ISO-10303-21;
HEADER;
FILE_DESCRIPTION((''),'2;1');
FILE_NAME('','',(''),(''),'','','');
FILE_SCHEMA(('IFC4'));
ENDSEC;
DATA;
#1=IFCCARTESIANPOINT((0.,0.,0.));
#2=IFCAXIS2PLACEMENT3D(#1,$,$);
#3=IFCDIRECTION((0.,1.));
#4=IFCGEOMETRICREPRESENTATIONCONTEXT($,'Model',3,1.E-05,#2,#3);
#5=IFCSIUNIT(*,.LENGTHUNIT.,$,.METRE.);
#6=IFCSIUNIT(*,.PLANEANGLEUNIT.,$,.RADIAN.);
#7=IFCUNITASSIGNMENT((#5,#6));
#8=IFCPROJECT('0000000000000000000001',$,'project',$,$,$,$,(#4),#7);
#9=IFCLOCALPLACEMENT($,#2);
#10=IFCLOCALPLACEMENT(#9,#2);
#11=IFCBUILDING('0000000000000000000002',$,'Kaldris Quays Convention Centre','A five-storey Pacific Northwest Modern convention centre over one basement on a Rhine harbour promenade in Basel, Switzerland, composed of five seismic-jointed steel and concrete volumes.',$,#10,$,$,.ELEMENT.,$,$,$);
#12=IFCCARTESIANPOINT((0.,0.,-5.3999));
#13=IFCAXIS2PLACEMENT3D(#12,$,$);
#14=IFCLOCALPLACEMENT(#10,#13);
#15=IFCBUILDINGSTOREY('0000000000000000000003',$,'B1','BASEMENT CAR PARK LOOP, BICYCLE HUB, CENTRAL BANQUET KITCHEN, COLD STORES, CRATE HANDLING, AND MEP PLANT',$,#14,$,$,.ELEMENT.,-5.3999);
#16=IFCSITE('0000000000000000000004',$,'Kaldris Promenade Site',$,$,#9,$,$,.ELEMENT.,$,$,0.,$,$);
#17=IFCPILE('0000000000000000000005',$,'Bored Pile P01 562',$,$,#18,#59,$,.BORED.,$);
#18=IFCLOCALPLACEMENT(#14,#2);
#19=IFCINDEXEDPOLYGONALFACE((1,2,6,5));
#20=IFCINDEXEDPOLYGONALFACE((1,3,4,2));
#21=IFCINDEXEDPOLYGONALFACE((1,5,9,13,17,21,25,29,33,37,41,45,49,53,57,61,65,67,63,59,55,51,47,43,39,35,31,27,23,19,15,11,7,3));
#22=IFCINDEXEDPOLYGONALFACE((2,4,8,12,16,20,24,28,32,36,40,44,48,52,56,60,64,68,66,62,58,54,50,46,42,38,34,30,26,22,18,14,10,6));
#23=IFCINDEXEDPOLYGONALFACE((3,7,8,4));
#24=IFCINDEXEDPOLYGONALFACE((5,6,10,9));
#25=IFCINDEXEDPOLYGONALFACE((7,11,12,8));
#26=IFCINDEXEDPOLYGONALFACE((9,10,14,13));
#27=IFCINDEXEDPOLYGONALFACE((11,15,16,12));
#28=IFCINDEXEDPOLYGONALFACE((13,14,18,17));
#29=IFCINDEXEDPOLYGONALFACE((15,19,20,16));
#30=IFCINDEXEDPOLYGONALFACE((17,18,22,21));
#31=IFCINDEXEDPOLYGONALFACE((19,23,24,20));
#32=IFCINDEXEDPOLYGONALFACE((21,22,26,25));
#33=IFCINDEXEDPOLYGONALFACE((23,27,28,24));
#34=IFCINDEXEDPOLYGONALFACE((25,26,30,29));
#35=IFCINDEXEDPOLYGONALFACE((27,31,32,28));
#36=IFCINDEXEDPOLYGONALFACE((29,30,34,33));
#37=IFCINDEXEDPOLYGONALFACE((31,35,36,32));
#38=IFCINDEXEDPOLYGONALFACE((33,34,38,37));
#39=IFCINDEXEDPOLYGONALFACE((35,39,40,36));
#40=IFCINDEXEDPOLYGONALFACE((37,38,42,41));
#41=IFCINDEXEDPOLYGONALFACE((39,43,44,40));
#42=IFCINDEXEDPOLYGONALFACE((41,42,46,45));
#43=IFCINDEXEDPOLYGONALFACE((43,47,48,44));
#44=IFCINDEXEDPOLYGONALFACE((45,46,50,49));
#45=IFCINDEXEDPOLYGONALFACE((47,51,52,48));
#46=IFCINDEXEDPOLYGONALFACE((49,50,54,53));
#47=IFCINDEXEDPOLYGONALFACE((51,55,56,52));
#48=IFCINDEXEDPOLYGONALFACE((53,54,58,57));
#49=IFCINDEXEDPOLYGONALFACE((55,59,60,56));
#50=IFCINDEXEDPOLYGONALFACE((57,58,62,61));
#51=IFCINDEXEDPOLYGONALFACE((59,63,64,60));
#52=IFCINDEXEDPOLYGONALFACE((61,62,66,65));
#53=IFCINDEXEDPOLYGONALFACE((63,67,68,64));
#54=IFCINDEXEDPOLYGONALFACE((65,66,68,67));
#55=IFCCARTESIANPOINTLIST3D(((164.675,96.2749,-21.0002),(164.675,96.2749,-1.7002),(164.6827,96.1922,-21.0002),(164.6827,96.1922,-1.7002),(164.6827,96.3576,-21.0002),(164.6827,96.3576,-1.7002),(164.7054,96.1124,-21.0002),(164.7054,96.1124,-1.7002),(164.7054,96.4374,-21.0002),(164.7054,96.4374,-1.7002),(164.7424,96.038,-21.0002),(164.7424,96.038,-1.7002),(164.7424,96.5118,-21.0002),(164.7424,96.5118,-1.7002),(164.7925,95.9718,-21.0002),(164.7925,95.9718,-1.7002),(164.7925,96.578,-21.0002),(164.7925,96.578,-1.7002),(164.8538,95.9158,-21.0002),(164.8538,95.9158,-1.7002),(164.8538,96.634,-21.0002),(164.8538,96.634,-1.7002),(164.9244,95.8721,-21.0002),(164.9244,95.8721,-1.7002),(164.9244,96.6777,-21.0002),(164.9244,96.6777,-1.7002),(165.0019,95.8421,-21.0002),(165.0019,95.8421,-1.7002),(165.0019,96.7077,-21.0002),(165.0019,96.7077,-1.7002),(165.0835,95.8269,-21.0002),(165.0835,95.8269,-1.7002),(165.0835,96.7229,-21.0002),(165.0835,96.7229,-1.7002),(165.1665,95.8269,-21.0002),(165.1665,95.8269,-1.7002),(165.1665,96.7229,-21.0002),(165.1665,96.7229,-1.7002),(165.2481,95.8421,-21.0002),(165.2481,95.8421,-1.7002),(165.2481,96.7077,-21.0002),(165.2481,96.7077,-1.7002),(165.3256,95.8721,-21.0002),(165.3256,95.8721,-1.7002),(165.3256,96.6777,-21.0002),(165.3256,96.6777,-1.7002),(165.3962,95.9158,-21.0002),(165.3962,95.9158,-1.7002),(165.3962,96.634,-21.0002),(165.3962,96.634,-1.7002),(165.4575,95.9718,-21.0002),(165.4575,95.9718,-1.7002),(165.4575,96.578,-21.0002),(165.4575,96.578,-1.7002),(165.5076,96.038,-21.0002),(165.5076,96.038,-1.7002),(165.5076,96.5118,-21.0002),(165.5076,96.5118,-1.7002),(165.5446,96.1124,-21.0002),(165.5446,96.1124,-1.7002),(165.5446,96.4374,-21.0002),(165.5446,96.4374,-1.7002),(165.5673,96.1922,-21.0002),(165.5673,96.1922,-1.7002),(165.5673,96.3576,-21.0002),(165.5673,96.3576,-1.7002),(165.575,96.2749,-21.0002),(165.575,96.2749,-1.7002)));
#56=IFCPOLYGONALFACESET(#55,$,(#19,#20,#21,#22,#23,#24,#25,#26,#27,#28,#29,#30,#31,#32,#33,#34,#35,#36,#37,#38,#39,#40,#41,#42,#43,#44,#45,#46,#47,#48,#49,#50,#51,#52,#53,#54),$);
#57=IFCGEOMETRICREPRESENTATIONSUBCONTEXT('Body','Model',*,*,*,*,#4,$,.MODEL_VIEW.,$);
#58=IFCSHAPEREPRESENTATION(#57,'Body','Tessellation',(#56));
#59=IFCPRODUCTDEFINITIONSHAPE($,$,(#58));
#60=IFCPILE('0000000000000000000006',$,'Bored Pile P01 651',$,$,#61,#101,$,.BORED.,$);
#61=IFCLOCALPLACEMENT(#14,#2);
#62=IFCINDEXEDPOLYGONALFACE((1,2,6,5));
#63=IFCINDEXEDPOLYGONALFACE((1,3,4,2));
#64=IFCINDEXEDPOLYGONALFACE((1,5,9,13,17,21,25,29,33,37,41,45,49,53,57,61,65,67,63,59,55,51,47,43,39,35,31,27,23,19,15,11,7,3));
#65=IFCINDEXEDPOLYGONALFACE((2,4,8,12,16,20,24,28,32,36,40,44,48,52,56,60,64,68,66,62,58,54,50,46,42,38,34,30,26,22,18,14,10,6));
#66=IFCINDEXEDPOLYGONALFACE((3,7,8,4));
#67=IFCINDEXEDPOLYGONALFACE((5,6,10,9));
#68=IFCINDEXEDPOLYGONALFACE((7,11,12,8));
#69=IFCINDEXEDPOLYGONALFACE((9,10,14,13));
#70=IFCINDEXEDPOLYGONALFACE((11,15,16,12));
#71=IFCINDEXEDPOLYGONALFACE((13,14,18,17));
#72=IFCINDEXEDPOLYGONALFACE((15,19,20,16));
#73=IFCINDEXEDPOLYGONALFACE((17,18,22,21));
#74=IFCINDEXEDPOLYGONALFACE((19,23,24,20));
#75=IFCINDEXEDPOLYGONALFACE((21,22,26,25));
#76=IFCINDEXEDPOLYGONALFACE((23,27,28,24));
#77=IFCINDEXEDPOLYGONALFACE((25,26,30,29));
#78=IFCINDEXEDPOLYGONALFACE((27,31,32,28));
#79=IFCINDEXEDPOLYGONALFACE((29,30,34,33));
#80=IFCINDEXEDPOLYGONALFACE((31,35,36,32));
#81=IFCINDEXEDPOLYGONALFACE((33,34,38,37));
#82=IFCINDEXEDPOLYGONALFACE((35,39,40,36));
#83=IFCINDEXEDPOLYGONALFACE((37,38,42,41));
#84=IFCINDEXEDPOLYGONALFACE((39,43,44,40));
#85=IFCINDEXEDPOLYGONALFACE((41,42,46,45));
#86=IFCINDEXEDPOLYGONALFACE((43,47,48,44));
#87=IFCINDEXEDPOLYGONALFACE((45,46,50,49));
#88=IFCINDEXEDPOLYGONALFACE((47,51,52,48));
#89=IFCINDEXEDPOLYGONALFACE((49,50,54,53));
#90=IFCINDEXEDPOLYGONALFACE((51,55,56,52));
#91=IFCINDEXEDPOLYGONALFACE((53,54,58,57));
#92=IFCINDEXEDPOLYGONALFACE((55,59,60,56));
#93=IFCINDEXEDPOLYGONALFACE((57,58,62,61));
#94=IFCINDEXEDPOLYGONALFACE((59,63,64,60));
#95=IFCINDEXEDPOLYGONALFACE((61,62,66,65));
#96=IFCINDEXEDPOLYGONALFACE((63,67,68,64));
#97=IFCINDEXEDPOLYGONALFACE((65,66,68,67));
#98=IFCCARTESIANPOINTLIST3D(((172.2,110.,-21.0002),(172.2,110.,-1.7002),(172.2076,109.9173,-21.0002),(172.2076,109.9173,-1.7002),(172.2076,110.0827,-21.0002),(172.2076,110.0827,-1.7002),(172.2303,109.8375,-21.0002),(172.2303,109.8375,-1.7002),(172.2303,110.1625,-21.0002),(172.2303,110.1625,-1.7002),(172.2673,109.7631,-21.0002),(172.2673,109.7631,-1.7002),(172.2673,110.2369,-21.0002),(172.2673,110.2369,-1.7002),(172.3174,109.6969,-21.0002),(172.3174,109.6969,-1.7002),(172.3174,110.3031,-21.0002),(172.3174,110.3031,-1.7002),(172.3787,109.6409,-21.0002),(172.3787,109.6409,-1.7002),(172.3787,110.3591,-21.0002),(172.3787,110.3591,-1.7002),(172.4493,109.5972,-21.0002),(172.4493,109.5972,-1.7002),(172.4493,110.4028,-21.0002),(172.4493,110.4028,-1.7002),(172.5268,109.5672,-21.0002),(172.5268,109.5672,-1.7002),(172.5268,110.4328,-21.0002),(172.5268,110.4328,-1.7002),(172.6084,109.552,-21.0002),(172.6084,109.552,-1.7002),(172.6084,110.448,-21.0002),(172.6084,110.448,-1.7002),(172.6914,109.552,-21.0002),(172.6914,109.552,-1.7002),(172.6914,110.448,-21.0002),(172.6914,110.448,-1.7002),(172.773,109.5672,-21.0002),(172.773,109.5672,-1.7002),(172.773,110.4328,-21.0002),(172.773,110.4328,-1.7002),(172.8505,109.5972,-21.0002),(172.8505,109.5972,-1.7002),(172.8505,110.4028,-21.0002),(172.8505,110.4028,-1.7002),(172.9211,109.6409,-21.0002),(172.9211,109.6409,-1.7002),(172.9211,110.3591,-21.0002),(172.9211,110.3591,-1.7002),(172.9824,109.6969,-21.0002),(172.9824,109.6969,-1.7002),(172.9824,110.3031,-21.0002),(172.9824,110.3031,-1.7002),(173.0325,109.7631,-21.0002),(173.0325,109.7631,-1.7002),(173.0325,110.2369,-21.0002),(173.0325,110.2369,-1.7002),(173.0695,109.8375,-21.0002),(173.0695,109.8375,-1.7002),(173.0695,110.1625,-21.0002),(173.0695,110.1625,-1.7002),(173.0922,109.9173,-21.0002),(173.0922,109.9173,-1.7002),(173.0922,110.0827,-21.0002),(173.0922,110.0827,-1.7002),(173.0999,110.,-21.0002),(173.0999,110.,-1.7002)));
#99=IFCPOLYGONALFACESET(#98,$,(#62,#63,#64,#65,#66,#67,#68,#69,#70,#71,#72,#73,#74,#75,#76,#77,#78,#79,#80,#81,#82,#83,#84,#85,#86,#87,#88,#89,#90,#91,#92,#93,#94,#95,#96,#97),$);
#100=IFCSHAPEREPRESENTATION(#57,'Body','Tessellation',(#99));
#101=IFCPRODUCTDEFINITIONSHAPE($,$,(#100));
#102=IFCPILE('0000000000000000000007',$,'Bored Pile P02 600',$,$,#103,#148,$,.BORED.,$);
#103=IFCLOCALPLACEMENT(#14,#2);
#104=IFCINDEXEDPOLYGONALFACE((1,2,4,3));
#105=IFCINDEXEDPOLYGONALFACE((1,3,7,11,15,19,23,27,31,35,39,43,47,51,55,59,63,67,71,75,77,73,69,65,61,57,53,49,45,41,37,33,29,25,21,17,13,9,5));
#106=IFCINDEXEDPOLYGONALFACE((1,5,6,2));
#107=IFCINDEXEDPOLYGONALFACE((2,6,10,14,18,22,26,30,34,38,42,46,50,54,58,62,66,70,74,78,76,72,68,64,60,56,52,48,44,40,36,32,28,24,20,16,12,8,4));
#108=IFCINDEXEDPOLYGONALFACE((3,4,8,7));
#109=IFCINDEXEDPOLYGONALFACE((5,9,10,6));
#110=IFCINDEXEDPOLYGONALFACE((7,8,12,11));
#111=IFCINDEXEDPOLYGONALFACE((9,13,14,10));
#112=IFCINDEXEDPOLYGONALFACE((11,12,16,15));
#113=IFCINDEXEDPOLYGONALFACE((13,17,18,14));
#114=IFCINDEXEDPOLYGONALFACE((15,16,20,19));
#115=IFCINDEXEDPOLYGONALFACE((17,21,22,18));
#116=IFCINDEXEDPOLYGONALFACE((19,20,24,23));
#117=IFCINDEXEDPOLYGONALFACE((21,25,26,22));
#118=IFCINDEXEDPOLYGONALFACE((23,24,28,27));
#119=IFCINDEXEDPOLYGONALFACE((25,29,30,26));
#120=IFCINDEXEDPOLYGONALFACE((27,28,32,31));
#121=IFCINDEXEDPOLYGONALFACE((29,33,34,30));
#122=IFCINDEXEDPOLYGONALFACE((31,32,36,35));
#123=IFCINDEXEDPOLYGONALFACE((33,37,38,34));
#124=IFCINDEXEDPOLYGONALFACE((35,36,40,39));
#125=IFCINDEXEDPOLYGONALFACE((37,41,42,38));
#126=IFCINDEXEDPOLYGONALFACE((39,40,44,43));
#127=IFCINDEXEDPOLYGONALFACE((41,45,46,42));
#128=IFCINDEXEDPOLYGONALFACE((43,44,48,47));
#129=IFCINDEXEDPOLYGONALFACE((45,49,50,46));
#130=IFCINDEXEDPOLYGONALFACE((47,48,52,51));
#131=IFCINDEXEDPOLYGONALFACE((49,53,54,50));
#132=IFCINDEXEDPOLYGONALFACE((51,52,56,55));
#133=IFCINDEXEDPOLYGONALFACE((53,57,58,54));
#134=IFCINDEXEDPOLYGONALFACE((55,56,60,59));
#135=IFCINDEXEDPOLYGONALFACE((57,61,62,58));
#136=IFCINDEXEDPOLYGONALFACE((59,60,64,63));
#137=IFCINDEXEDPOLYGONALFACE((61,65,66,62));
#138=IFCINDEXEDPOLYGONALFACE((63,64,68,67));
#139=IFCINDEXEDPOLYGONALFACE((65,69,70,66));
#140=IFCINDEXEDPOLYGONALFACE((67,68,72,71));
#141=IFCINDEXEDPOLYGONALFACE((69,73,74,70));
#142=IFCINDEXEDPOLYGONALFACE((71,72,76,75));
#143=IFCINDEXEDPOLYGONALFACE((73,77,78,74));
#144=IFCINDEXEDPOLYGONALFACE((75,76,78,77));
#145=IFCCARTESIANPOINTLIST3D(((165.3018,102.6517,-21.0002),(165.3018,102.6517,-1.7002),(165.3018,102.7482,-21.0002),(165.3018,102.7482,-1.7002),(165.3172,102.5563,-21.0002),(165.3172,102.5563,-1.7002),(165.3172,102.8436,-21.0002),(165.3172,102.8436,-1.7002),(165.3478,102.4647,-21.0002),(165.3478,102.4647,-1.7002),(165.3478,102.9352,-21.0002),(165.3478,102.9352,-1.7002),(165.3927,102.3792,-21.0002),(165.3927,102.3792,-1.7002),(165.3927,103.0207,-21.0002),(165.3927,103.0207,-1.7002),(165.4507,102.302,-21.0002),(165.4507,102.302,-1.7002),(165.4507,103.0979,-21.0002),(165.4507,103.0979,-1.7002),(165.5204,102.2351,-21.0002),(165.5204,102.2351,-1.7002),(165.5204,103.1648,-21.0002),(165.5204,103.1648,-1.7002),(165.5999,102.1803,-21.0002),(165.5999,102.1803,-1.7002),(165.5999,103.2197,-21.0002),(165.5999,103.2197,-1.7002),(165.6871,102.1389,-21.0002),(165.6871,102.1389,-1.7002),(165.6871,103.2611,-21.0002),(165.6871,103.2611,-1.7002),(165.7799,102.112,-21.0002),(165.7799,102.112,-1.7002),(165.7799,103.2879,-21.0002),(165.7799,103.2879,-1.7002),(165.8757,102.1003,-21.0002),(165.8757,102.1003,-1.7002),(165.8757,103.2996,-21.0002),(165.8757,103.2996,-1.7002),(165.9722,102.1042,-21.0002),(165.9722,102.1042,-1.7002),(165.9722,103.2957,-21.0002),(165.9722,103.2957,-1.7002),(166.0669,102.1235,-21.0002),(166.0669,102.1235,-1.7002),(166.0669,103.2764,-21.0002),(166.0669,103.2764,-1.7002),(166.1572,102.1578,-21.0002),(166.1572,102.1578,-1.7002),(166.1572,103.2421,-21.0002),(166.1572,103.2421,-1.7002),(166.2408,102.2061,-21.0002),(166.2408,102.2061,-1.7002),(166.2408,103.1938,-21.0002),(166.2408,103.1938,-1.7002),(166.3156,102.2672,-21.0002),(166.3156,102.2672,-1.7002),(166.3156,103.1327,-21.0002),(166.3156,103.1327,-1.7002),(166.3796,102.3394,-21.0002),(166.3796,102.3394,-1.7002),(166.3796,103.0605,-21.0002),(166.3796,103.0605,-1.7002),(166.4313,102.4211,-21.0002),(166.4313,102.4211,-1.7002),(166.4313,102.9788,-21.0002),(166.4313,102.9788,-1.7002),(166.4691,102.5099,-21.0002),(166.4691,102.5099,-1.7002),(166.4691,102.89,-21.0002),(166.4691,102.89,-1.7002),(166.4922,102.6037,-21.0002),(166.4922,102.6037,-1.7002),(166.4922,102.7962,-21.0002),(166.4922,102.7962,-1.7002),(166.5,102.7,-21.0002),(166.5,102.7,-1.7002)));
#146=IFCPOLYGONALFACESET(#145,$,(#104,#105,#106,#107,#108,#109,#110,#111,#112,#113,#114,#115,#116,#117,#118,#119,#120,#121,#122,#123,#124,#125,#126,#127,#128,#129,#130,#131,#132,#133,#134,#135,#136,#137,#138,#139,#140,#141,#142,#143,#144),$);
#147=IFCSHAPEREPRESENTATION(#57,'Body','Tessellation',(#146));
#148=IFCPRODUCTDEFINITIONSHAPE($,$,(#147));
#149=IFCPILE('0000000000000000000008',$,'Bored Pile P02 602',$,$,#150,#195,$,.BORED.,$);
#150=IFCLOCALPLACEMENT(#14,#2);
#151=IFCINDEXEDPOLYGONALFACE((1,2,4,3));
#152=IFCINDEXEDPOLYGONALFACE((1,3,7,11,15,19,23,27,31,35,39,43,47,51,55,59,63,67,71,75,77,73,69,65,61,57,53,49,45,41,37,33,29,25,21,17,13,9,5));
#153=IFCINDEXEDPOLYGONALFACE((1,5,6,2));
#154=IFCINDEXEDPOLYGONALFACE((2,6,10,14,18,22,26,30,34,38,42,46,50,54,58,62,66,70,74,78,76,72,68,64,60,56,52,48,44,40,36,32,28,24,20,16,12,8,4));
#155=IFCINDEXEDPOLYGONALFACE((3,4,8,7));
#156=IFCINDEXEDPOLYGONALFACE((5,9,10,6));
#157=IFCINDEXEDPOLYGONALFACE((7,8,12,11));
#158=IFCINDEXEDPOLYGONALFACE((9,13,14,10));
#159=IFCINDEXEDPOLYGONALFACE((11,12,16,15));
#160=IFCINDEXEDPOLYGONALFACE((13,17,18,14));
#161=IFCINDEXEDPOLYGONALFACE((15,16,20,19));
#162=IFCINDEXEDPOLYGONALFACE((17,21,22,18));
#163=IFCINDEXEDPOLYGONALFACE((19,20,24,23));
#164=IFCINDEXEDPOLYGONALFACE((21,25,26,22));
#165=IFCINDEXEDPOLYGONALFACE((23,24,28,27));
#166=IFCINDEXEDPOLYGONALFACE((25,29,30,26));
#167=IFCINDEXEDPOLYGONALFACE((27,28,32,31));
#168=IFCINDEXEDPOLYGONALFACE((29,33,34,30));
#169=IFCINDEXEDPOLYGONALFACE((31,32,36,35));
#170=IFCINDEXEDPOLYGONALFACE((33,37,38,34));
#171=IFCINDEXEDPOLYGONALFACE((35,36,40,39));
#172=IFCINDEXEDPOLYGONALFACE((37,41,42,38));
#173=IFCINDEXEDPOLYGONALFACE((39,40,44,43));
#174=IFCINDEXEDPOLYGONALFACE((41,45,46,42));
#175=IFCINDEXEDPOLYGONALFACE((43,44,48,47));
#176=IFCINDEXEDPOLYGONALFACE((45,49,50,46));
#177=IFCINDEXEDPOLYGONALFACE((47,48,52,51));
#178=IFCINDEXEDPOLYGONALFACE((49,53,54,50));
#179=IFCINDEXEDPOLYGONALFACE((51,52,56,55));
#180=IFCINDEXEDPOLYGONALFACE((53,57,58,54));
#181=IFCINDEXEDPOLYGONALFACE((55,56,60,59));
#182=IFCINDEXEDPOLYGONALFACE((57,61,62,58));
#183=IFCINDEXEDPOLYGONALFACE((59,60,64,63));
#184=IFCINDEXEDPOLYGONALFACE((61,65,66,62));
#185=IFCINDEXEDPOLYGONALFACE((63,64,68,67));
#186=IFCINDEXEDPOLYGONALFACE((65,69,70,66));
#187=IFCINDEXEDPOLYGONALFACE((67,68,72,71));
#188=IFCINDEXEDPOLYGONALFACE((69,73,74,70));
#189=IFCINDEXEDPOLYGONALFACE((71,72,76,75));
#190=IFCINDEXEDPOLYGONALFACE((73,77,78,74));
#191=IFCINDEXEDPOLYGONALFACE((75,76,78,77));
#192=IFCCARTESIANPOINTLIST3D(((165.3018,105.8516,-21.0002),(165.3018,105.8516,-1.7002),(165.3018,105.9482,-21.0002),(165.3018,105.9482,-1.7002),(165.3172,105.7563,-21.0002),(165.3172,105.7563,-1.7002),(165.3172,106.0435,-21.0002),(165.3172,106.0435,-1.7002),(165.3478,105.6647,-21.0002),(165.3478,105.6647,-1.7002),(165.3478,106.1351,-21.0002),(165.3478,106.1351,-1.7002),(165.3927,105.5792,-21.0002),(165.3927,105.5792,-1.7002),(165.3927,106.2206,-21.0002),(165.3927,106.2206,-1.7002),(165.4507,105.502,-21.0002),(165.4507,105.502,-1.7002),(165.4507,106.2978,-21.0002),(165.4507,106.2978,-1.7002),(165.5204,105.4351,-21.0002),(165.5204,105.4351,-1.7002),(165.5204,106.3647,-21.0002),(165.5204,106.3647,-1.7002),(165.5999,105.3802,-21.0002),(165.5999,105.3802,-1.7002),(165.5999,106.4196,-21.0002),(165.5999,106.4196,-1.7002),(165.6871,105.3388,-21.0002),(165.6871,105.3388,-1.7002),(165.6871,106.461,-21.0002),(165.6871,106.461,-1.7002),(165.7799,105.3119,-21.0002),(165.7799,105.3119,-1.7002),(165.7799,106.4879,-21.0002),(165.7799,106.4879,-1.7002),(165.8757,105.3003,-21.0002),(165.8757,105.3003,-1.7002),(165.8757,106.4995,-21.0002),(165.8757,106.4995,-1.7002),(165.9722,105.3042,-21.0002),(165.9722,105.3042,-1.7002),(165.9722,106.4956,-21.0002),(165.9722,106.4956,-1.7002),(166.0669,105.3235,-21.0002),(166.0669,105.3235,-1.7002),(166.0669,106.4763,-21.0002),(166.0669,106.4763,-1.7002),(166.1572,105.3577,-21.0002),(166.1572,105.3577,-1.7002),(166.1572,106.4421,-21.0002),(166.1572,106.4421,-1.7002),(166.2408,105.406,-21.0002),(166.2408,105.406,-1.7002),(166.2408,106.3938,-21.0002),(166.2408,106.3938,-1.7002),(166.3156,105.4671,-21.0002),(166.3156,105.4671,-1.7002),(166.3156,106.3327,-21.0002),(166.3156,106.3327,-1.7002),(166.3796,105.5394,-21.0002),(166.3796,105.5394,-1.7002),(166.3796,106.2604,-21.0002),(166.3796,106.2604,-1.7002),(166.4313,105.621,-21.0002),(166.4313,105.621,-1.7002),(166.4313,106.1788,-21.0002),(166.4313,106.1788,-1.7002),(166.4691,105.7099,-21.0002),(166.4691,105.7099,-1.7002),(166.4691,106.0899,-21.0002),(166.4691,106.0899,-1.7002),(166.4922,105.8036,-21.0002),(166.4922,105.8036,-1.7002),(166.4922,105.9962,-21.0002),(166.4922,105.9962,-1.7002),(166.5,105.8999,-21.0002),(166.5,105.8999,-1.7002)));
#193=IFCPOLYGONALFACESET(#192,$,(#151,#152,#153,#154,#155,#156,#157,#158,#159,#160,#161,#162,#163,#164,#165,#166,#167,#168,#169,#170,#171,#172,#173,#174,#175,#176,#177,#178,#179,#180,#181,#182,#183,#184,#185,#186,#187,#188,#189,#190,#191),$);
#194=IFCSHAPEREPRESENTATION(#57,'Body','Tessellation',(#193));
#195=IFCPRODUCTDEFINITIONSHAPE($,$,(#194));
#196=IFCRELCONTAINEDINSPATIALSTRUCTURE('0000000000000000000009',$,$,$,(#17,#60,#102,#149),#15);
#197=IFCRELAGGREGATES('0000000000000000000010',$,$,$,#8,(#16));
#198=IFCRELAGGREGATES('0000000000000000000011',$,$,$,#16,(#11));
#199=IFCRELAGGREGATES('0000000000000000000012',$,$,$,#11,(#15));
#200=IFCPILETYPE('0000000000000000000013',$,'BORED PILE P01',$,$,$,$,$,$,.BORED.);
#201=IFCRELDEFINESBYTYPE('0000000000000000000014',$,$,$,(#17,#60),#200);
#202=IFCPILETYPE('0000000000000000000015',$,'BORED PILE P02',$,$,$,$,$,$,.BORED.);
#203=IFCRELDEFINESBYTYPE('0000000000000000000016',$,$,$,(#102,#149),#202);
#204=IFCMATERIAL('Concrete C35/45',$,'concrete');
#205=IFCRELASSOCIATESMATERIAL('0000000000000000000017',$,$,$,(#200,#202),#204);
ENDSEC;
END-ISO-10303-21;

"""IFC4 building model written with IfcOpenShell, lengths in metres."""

from ifc_helpers import new_model, si_unit, direction, frame, origin, origin_2d, place, context, subcontext, project, spatial, circle, extrude, material, material_profile, profile_set, type_object, element, save


model = new_model("IFC4")

# Units and contexts
model_context = context("Model", 3, precision=1e-05, world=origin(), true_north=direction((0.0, 1.0)))
body_context = subcontext(model_context, "Body", "Model", "MODEL_VIEW")
ifc_project = project(units=[si_unit("LENGTHUNIT", "METRE"), si_unit("PLANEANGLEUNIT", "RADIAN")], contexts=[model_context])

# Site, building, storey
site_placement = place(None, origin())
site = spatial("IfcSite", under=ifc_project, at=site_placement, Name="Kaldris Promenade Site", CompositionType="ELEMENT", RefElevation=0.0)
building_placement = place(site_placement, origin())
building = spatial("IfcBuilding", under=site, at=building_placement, Name="Kaldris Quays Convention Centre", Description="A five-storey Pacific Northwest Modern convention centre over one basement on a Rhine harbour promenade in Basel, Switzerland, composed of five seismic-jointed steel and concrete volumes.", CompositionType="ELEMENT")
storey_placement = place(building_placement, frame((0.0, 0.0, -5.3999)))
storey = spatial("IfcBuildingStorey", under=building, at=storey_placement, Name="B1", Description="BASEMENT CAR PARK LOOP, BICYCLE HUB, CENTRAL BANQUET KITCHEN, COLD STORES, CRATE HANDLING, AND MEP PLANT", CompositionType="ELEMENT", Elevation=-5.3999)

# Piles
ifc_material_1 = material(Name="Concrete C35/45", Category="concrete")
ifc_material_profile_1 = material_profile(ifc_material_1, circle(Radius=0.45, at=origin_2d()), Name="BORED PILE D900")
ifc_profile_set_1 = profile_set([ifc_material_profile_1], Name="Concrete C35/45")
pile_type_1 = type_object("IfcPileType", Name="BORED PILE P01", PredefinedType="BORED", material=ifc_profile_set_1)
for number, where, z_axis, x_axis, name in (
    (1, (165.125, 96.2749, -1.7002), (0.0, 0.0, -1.0), (1.0, 0.0, 0.0), "Bored Pile P01 562"),
    (2, (172.6499, 110.0, -1.7002), (0.0, 0.0, -1.0), (1.0, 0.0, 0.0), "Bored Pile P01 651"),
):
    element("IfcPile", number, at=place(storey_placement, frame(where, z_axis=z_axis, x_axis=x_axis)), inside=storey, type_object=pile_type_1, Name=name, PredefinedType="BORED", context=body_context, shape_type="SweptSolid", body=[
        extrude(circle(Radius=0.45, at=origin_2d()), origin(), (0.0, 0.0, 1.0), 19.3),
    ])
ifc_material_profile_2 = material_profile(ifc_material_1, circle(Radius=0.6001, at=origin_2d()), Name="BORED PILE D1200")
ifc_profile_set_2 = profile_set([ifc_material_profile_2], Name="Concrete C35/45")
pile_type_2 = type_object("IfcPileType", Name="BORED PILE P02", PredefinedType="BORED", material=ifc_profile_set_2)
for number, where, z_axis, x_axis, name in (
    (3, (165.8999, 102.7, -1.7002), (0.0, 0.0, -1.0), (1.0, 0.0, 0.0), "Bored Pile P02 600"),
    (4, (165.8999, 105.8999, -1.7002), (0.0, 0.0, -1.0), (1.0, 0.0, 0.0), "Bored Pile P02 602"),
):
    element("IfcPile", number, at=place(storey_placement, frame(where, z_axis=z_axis, x_axis=x_axis)), inside=storey, type_object=pile_type_2, Name=name, PredefinedType="BORED", context=body_context, shape_type="SweptSolid", body=[
        extrude(circle(Radius=0.6001, at=origin_2d()), origin(), (0.0, 0.0, 1.0), 19.3),
    ])

save(model, "model.ifc")
